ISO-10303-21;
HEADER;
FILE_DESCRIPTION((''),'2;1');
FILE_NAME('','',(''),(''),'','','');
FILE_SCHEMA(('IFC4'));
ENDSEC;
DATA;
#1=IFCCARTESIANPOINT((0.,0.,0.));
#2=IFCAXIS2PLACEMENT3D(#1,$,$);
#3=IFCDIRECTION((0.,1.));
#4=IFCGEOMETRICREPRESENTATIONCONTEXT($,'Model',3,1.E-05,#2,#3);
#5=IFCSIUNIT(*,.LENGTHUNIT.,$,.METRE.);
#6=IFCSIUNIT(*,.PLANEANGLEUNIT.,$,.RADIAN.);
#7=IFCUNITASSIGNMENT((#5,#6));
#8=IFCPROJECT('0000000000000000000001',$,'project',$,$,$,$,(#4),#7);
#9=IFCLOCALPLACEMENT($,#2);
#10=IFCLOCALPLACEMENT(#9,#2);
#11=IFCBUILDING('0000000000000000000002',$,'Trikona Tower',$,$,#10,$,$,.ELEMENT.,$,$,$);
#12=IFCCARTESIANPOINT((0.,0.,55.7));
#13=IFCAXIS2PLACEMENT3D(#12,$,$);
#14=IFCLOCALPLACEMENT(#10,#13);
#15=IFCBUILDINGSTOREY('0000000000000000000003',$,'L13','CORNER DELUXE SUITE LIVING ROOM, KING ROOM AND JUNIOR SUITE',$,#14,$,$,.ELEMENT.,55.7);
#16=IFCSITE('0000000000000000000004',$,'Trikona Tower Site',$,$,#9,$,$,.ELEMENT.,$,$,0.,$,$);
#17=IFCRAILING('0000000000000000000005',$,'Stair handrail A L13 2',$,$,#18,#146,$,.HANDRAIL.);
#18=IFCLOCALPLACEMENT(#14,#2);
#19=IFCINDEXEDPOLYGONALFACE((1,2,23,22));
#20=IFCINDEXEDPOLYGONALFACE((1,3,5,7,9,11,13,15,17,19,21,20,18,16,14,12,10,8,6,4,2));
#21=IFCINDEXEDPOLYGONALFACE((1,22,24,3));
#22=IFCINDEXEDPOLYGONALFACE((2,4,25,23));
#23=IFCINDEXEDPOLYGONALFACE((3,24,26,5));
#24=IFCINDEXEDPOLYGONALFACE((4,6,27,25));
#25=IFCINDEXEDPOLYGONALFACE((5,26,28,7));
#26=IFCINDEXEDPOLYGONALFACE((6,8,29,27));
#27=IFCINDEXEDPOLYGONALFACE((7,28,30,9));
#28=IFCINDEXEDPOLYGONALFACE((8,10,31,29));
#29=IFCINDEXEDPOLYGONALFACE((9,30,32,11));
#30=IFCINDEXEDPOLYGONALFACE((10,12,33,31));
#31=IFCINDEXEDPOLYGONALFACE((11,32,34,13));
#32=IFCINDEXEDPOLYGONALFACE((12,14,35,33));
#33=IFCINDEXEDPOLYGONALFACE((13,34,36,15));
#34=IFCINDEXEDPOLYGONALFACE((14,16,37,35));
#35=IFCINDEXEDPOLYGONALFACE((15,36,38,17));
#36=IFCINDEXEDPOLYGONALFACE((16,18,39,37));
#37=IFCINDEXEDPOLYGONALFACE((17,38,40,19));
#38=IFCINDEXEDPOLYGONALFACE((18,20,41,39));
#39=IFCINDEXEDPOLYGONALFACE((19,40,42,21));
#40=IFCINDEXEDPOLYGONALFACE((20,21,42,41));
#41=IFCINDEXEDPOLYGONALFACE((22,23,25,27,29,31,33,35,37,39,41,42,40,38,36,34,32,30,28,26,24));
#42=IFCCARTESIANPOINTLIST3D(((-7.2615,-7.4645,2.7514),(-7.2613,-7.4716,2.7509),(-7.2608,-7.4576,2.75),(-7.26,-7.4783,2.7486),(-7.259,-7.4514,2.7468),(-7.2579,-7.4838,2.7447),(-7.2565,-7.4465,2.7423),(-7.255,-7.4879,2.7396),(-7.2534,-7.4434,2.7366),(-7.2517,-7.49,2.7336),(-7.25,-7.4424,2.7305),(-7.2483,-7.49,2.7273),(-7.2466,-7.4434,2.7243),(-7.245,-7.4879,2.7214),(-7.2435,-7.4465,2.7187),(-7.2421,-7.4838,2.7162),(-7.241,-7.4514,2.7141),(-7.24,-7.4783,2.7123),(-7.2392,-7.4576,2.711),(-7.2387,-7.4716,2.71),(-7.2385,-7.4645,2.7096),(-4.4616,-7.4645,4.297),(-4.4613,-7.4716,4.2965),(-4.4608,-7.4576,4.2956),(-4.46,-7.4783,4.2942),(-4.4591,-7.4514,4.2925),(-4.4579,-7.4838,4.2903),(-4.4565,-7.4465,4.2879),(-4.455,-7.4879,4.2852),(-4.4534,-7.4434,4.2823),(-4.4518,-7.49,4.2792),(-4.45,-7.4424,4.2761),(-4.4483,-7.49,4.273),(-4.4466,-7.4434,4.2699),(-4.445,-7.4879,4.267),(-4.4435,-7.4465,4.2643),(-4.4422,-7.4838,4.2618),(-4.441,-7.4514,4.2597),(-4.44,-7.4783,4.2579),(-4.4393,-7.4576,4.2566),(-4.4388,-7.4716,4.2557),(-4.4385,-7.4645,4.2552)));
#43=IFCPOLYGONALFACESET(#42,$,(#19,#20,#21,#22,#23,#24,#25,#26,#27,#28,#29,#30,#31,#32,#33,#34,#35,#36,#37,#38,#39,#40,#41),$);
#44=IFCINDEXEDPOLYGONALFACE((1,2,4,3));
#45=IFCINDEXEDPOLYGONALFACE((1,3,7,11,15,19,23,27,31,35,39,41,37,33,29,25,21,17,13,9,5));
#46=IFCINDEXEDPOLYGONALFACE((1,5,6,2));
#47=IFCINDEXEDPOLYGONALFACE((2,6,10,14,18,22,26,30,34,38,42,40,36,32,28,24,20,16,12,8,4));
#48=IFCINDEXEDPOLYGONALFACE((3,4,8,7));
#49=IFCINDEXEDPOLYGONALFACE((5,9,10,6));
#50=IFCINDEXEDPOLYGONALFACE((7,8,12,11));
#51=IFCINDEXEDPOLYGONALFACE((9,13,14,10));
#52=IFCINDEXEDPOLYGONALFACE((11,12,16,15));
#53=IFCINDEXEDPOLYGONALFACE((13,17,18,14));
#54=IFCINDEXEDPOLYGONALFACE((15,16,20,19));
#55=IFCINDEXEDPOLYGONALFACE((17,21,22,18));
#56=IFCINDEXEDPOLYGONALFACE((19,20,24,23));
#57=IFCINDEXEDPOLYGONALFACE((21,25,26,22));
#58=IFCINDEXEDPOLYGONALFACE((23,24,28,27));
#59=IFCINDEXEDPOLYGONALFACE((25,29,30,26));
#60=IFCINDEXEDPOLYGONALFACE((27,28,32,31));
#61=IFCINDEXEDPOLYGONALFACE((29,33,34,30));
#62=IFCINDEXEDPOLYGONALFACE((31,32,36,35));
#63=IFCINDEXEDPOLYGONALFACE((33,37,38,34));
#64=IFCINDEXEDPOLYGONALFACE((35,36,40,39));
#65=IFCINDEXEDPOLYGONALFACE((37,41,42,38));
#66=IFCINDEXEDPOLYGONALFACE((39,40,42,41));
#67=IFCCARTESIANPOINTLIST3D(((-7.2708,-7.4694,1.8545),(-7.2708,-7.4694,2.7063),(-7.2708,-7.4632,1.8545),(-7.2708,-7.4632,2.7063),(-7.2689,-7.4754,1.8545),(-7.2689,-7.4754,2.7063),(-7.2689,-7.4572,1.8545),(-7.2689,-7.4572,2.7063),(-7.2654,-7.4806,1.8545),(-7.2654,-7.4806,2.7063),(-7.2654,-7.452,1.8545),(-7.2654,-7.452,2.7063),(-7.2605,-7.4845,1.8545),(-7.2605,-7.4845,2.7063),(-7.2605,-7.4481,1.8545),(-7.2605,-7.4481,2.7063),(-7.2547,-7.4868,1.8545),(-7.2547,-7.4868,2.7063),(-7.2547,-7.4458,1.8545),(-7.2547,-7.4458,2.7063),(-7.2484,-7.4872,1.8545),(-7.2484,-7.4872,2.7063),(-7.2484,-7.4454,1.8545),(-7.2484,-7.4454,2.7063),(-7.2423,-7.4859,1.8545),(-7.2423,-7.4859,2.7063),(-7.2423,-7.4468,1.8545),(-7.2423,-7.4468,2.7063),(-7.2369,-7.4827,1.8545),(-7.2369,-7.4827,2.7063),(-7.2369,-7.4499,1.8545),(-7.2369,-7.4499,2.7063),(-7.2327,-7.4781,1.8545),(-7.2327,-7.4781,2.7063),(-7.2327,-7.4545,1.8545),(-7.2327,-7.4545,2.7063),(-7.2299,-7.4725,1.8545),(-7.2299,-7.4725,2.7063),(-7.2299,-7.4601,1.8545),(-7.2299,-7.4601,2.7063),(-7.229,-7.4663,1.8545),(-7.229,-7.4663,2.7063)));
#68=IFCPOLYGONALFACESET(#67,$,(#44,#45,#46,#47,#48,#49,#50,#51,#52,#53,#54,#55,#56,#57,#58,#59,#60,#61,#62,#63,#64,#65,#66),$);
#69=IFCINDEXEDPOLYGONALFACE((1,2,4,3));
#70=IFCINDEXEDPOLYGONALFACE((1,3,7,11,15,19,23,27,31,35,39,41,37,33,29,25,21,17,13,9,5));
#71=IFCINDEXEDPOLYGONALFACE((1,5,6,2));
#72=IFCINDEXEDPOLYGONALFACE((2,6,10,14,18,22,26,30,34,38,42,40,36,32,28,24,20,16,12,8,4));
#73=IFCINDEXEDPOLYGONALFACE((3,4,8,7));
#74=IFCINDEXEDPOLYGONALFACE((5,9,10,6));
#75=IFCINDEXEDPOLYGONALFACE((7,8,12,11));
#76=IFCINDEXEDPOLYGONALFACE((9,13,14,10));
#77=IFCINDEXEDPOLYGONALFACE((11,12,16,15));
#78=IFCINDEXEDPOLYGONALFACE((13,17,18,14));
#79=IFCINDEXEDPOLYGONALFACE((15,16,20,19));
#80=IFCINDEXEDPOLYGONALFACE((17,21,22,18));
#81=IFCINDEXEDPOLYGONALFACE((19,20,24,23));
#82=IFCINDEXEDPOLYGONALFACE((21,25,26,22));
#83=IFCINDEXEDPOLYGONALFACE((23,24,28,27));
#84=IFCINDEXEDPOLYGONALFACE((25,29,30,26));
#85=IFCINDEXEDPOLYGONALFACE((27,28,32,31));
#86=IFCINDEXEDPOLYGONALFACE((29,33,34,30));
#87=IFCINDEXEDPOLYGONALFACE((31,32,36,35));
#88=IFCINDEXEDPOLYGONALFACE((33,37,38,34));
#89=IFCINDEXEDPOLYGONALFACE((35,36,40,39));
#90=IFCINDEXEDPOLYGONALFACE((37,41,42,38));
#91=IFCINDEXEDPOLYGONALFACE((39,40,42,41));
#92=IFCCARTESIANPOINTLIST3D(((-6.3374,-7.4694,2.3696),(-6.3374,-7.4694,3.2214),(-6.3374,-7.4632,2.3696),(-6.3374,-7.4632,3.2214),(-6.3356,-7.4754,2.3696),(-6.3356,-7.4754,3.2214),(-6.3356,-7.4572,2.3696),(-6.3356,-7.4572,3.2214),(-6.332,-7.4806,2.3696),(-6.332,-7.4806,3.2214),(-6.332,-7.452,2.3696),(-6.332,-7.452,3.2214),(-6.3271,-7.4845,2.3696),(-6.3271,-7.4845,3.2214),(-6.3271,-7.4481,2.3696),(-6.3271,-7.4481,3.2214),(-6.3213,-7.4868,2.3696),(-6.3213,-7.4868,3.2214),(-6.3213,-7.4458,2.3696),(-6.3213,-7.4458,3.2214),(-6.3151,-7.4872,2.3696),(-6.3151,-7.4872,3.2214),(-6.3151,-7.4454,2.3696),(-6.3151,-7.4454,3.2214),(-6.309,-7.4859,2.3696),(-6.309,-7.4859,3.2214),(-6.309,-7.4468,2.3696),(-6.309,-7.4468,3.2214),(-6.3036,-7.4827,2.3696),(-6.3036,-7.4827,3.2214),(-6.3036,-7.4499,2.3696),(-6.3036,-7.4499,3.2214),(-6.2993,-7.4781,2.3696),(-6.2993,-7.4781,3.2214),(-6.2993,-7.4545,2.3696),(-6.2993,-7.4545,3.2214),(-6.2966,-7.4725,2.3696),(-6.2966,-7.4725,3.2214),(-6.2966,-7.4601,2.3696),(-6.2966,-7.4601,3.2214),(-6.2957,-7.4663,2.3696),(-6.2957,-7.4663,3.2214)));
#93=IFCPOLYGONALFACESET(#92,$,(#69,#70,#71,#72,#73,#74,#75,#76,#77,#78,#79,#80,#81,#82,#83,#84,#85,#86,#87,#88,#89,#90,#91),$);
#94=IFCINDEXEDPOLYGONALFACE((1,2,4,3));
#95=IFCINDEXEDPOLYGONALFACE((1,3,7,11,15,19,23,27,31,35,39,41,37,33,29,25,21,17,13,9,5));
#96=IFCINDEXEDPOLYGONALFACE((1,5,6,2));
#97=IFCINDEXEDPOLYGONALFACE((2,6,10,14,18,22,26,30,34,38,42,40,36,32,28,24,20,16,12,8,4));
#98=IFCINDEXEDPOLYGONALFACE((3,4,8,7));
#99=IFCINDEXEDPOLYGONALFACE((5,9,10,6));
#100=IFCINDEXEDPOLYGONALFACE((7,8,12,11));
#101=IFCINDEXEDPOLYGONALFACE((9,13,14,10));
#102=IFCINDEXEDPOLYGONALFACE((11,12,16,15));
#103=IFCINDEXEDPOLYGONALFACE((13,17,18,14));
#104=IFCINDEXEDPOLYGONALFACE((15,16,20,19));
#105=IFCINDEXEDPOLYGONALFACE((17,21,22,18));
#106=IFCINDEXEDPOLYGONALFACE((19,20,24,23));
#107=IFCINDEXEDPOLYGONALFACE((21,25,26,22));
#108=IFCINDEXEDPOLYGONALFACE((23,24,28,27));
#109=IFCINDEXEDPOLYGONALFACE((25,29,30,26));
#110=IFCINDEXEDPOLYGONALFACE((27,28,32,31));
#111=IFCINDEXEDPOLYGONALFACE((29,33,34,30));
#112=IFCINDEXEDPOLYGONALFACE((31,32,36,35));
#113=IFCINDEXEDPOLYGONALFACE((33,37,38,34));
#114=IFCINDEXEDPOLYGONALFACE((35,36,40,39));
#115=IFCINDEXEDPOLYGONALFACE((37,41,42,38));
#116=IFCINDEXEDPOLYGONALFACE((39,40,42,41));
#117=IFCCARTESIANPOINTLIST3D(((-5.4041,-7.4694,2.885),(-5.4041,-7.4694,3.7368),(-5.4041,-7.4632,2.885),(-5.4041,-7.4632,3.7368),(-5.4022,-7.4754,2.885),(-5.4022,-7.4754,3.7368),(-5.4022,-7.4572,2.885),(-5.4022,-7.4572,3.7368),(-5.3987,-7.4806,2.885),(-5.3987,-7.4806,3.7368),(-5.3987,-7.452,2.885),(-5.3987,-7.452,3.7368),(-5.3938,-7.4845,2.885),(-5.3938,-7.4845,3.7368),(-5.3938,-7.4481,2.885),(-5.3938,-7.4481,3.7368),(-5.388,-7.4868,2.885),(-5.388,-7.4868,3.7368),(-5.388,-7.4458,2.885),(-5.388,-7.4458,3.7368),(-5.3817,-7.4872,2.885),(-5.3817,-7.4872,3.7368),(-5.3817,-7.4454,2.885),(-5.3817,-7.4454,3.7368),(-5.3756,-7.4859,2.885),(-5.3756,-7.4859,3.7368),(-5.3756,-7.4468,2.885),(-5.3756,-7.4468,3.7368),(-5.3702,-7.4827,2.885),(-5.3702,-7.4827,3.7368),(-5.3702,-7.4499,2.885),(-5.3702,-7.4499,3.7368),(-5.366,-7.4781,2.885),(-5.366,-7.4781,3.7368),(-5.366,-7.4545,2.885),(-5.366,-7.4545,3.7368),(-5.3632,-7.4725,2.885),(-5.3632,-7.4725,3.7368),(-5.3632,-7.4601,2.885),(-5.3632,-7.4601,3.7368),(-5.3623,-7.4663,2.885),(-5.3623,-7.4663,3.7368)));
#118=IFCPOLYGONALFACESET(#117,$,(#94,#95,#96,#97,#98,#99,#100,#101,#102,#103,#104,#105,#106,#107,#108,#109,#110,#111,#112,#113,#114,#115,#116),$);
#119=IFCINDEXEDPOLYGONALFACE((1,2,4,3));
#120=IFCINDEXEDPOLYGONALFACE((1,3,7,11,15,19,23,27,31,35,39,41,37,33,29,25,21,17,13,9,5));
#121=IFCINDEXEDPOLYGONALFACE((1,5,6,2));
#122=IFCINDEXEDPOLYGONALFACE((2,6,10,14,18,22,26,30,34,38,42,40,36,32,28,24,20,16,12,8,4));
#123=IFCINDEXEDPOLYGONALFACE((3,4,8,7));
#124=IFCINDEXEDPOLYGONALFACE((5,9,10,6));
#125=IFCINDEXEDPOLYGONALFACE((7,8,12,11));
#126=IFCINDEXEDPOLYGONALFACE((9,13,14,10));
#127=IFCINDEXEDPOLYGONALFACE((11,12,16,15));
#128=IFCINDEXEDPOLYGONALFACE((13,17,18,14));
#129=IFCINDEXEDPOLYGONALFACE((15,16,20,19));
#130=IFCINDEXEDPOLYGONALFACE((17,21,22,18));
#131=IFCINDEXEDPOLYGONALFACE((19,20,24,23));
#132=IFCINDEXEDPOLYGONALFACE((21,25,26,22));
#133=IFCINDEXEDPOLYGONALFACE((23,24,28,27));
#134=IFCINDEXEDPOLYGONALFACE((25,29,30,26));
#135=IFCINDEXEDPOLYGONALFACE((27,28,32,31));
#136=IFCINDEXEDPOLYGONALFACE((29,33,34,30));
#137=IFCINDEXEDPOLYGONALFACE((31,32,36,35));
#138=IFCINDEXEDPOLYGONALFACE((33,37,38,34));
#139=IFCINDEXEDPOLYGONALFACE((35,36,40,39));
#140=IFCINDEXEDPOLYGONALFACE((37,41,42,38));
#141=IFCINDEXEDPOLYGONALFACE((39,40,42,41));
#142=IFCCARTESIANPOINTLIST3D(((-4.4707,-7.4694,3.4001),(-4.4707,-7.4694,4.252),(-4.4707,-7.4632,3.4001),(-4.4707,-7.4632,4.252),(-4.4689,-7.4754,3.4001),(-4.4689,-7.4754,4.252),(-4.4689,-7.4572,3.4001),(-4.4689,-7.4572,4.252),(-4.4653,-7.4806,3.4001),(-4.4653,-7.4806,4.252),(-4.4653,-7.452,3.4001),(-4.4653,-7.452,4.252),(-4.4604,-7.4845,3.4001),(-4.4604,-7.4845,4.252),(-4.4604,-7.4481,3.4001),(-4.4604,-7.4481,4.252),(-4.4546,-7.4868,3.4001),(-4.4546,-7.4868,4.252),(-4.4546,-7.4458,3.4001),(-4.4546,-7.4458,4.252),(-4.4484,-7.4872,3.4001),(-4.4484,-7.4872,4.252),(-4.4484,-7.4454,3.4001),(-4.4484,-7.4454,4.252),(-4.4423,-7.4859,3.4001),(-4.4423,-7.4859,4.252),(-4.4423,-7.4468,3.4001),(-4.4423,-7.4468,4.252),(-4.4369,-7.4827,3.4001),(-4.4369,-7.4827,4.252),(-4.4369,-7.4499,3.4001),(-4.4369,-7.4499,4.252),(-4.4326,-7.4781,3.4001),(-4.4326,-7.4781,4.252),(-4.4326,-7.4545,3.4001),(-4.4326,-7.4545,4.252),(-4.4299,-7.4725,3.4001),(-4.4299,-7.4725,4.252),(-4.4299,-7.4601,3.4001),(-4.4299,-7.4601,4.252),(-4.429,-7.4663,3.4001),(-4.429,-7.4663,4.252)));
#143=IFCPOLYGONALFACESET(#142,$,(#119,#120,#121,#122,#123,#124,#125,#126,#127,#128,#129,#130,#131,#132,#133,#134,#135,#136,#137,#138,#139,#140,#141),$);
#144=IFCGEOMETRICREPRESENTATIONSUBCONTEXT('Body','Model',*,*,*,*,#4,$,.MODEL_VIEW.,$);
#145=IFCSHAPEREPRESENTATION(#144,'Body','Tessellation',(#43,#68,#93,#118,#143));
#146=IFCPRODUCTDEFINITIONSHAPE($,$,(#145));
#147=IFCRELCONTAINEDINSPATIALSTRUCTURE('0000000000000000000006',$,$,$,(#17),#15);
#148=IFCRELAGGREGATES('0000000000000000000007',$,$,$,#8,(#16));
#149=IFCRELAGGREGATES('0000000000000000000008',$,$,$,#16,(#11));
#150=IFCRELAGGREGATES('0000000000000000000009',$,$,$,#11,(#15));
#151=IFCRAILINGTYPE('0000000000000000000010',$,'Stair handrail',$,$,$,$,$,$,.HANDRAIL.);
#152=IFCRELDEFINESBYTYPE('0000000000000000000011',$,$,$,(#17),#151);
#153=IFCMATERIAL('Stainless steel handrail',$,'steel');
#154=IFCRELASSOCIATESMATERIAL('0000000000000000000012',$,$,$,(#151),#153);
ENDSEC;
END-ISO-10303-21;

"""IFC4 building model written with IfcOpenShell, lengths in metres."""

from ifc_helpers import new_model, si_unit, direction, frame, origin, origin_2d, place, context, subcontext, project, spatial, circle, extrude, material, type_object, element, save


model = new_model("IFC4")

# Units and contexts
model_context = context("Model", 3, precision=1e-05, world=origin(), true_north=direction((0.0, 1.0)))
body_context = subcontext(model_context, "Body", "Model", "MODEL_VIEW")
ifc_project = project(units=[si_unit("LENGTHUNIT", "METRE"), si_unit("PLANEANGLEUNIT", "RADIAN")], contexts=[model_context])

# Site, building, storey
site_placement = place(None, origin())
site = spatial("IfcSite", under=ifc_project, at=site_placement, Name="Trikona Tower Site", CompositionType="ELEMENT", RefElevation=0.0)
building_placement = place(site_placement, origin())
building = spatial("IfcBuilding", under=site, at=building_placement, Name="Trikona Tower", CompositionType="ELEMENT")
storey_placement = place(building_placement, frame((0.0, 0.0, 55.7)))
storey = spatial("IfcBuildingStorey", under=building, at=storey_placement, Name="L13", Description="CORNER DELUXE SUITE LIVING ROOM, KING ROOM AND JUNIOR SUITE", CompositionType="ELEMENT", Elevation=55.7)

# Railing
ifc_material_1 = material(Name="Stainless steel handrail", Category="steel")
railing_type = type_object("IfcRailingType", Name="Stair handrail", PredefinedType="HANDRAIL", material=ifc_material_1)
railing_placement = place(storey_placement, frame((-7.25, -7.4663, 1.8545)))
element("IfcRailing", 1, at=railing_placement, inside=storey, type_object=railing_type, Name="Stair handrail A L13 2", PredefinedType="HANDRAIL", context=body_context, shape_type="SweptSolid", body=[
    extrude(circle(Radius=0.0239, at=origin_2d()), frame((0.0, 0.0, 0.876), z_axis=(0.875472, 0.0, 0.483269), x_axis=(0.0, 1.0, 0.0)), (0.0, 0.0, 1.0), 3.1982),
    extrude(circle(Radius=0.021, at=origin_2d()), origin(), (0.0, 0.0, 1.0), 0.8518),
    extrude(circle(Radius=0.021, at=origin_2d()), frame((0.9333, 0.0, 0.5151)), (0.0, 0.0, 1.0), 0.8518),
    extrude(circle(Radius=0.021, at=origin_2d()), frame((1.8667, 0.0, 1.0305)), (0.0, 0.0, 1.0), 0.8518),
    extrude(circle(Radius=0.021, at=origin_2d()), frame((2.8, 0.0, 1.5457)), (0.0, 0.0, 1.0), 0.8518),
])

save(model, "model.ifc")
